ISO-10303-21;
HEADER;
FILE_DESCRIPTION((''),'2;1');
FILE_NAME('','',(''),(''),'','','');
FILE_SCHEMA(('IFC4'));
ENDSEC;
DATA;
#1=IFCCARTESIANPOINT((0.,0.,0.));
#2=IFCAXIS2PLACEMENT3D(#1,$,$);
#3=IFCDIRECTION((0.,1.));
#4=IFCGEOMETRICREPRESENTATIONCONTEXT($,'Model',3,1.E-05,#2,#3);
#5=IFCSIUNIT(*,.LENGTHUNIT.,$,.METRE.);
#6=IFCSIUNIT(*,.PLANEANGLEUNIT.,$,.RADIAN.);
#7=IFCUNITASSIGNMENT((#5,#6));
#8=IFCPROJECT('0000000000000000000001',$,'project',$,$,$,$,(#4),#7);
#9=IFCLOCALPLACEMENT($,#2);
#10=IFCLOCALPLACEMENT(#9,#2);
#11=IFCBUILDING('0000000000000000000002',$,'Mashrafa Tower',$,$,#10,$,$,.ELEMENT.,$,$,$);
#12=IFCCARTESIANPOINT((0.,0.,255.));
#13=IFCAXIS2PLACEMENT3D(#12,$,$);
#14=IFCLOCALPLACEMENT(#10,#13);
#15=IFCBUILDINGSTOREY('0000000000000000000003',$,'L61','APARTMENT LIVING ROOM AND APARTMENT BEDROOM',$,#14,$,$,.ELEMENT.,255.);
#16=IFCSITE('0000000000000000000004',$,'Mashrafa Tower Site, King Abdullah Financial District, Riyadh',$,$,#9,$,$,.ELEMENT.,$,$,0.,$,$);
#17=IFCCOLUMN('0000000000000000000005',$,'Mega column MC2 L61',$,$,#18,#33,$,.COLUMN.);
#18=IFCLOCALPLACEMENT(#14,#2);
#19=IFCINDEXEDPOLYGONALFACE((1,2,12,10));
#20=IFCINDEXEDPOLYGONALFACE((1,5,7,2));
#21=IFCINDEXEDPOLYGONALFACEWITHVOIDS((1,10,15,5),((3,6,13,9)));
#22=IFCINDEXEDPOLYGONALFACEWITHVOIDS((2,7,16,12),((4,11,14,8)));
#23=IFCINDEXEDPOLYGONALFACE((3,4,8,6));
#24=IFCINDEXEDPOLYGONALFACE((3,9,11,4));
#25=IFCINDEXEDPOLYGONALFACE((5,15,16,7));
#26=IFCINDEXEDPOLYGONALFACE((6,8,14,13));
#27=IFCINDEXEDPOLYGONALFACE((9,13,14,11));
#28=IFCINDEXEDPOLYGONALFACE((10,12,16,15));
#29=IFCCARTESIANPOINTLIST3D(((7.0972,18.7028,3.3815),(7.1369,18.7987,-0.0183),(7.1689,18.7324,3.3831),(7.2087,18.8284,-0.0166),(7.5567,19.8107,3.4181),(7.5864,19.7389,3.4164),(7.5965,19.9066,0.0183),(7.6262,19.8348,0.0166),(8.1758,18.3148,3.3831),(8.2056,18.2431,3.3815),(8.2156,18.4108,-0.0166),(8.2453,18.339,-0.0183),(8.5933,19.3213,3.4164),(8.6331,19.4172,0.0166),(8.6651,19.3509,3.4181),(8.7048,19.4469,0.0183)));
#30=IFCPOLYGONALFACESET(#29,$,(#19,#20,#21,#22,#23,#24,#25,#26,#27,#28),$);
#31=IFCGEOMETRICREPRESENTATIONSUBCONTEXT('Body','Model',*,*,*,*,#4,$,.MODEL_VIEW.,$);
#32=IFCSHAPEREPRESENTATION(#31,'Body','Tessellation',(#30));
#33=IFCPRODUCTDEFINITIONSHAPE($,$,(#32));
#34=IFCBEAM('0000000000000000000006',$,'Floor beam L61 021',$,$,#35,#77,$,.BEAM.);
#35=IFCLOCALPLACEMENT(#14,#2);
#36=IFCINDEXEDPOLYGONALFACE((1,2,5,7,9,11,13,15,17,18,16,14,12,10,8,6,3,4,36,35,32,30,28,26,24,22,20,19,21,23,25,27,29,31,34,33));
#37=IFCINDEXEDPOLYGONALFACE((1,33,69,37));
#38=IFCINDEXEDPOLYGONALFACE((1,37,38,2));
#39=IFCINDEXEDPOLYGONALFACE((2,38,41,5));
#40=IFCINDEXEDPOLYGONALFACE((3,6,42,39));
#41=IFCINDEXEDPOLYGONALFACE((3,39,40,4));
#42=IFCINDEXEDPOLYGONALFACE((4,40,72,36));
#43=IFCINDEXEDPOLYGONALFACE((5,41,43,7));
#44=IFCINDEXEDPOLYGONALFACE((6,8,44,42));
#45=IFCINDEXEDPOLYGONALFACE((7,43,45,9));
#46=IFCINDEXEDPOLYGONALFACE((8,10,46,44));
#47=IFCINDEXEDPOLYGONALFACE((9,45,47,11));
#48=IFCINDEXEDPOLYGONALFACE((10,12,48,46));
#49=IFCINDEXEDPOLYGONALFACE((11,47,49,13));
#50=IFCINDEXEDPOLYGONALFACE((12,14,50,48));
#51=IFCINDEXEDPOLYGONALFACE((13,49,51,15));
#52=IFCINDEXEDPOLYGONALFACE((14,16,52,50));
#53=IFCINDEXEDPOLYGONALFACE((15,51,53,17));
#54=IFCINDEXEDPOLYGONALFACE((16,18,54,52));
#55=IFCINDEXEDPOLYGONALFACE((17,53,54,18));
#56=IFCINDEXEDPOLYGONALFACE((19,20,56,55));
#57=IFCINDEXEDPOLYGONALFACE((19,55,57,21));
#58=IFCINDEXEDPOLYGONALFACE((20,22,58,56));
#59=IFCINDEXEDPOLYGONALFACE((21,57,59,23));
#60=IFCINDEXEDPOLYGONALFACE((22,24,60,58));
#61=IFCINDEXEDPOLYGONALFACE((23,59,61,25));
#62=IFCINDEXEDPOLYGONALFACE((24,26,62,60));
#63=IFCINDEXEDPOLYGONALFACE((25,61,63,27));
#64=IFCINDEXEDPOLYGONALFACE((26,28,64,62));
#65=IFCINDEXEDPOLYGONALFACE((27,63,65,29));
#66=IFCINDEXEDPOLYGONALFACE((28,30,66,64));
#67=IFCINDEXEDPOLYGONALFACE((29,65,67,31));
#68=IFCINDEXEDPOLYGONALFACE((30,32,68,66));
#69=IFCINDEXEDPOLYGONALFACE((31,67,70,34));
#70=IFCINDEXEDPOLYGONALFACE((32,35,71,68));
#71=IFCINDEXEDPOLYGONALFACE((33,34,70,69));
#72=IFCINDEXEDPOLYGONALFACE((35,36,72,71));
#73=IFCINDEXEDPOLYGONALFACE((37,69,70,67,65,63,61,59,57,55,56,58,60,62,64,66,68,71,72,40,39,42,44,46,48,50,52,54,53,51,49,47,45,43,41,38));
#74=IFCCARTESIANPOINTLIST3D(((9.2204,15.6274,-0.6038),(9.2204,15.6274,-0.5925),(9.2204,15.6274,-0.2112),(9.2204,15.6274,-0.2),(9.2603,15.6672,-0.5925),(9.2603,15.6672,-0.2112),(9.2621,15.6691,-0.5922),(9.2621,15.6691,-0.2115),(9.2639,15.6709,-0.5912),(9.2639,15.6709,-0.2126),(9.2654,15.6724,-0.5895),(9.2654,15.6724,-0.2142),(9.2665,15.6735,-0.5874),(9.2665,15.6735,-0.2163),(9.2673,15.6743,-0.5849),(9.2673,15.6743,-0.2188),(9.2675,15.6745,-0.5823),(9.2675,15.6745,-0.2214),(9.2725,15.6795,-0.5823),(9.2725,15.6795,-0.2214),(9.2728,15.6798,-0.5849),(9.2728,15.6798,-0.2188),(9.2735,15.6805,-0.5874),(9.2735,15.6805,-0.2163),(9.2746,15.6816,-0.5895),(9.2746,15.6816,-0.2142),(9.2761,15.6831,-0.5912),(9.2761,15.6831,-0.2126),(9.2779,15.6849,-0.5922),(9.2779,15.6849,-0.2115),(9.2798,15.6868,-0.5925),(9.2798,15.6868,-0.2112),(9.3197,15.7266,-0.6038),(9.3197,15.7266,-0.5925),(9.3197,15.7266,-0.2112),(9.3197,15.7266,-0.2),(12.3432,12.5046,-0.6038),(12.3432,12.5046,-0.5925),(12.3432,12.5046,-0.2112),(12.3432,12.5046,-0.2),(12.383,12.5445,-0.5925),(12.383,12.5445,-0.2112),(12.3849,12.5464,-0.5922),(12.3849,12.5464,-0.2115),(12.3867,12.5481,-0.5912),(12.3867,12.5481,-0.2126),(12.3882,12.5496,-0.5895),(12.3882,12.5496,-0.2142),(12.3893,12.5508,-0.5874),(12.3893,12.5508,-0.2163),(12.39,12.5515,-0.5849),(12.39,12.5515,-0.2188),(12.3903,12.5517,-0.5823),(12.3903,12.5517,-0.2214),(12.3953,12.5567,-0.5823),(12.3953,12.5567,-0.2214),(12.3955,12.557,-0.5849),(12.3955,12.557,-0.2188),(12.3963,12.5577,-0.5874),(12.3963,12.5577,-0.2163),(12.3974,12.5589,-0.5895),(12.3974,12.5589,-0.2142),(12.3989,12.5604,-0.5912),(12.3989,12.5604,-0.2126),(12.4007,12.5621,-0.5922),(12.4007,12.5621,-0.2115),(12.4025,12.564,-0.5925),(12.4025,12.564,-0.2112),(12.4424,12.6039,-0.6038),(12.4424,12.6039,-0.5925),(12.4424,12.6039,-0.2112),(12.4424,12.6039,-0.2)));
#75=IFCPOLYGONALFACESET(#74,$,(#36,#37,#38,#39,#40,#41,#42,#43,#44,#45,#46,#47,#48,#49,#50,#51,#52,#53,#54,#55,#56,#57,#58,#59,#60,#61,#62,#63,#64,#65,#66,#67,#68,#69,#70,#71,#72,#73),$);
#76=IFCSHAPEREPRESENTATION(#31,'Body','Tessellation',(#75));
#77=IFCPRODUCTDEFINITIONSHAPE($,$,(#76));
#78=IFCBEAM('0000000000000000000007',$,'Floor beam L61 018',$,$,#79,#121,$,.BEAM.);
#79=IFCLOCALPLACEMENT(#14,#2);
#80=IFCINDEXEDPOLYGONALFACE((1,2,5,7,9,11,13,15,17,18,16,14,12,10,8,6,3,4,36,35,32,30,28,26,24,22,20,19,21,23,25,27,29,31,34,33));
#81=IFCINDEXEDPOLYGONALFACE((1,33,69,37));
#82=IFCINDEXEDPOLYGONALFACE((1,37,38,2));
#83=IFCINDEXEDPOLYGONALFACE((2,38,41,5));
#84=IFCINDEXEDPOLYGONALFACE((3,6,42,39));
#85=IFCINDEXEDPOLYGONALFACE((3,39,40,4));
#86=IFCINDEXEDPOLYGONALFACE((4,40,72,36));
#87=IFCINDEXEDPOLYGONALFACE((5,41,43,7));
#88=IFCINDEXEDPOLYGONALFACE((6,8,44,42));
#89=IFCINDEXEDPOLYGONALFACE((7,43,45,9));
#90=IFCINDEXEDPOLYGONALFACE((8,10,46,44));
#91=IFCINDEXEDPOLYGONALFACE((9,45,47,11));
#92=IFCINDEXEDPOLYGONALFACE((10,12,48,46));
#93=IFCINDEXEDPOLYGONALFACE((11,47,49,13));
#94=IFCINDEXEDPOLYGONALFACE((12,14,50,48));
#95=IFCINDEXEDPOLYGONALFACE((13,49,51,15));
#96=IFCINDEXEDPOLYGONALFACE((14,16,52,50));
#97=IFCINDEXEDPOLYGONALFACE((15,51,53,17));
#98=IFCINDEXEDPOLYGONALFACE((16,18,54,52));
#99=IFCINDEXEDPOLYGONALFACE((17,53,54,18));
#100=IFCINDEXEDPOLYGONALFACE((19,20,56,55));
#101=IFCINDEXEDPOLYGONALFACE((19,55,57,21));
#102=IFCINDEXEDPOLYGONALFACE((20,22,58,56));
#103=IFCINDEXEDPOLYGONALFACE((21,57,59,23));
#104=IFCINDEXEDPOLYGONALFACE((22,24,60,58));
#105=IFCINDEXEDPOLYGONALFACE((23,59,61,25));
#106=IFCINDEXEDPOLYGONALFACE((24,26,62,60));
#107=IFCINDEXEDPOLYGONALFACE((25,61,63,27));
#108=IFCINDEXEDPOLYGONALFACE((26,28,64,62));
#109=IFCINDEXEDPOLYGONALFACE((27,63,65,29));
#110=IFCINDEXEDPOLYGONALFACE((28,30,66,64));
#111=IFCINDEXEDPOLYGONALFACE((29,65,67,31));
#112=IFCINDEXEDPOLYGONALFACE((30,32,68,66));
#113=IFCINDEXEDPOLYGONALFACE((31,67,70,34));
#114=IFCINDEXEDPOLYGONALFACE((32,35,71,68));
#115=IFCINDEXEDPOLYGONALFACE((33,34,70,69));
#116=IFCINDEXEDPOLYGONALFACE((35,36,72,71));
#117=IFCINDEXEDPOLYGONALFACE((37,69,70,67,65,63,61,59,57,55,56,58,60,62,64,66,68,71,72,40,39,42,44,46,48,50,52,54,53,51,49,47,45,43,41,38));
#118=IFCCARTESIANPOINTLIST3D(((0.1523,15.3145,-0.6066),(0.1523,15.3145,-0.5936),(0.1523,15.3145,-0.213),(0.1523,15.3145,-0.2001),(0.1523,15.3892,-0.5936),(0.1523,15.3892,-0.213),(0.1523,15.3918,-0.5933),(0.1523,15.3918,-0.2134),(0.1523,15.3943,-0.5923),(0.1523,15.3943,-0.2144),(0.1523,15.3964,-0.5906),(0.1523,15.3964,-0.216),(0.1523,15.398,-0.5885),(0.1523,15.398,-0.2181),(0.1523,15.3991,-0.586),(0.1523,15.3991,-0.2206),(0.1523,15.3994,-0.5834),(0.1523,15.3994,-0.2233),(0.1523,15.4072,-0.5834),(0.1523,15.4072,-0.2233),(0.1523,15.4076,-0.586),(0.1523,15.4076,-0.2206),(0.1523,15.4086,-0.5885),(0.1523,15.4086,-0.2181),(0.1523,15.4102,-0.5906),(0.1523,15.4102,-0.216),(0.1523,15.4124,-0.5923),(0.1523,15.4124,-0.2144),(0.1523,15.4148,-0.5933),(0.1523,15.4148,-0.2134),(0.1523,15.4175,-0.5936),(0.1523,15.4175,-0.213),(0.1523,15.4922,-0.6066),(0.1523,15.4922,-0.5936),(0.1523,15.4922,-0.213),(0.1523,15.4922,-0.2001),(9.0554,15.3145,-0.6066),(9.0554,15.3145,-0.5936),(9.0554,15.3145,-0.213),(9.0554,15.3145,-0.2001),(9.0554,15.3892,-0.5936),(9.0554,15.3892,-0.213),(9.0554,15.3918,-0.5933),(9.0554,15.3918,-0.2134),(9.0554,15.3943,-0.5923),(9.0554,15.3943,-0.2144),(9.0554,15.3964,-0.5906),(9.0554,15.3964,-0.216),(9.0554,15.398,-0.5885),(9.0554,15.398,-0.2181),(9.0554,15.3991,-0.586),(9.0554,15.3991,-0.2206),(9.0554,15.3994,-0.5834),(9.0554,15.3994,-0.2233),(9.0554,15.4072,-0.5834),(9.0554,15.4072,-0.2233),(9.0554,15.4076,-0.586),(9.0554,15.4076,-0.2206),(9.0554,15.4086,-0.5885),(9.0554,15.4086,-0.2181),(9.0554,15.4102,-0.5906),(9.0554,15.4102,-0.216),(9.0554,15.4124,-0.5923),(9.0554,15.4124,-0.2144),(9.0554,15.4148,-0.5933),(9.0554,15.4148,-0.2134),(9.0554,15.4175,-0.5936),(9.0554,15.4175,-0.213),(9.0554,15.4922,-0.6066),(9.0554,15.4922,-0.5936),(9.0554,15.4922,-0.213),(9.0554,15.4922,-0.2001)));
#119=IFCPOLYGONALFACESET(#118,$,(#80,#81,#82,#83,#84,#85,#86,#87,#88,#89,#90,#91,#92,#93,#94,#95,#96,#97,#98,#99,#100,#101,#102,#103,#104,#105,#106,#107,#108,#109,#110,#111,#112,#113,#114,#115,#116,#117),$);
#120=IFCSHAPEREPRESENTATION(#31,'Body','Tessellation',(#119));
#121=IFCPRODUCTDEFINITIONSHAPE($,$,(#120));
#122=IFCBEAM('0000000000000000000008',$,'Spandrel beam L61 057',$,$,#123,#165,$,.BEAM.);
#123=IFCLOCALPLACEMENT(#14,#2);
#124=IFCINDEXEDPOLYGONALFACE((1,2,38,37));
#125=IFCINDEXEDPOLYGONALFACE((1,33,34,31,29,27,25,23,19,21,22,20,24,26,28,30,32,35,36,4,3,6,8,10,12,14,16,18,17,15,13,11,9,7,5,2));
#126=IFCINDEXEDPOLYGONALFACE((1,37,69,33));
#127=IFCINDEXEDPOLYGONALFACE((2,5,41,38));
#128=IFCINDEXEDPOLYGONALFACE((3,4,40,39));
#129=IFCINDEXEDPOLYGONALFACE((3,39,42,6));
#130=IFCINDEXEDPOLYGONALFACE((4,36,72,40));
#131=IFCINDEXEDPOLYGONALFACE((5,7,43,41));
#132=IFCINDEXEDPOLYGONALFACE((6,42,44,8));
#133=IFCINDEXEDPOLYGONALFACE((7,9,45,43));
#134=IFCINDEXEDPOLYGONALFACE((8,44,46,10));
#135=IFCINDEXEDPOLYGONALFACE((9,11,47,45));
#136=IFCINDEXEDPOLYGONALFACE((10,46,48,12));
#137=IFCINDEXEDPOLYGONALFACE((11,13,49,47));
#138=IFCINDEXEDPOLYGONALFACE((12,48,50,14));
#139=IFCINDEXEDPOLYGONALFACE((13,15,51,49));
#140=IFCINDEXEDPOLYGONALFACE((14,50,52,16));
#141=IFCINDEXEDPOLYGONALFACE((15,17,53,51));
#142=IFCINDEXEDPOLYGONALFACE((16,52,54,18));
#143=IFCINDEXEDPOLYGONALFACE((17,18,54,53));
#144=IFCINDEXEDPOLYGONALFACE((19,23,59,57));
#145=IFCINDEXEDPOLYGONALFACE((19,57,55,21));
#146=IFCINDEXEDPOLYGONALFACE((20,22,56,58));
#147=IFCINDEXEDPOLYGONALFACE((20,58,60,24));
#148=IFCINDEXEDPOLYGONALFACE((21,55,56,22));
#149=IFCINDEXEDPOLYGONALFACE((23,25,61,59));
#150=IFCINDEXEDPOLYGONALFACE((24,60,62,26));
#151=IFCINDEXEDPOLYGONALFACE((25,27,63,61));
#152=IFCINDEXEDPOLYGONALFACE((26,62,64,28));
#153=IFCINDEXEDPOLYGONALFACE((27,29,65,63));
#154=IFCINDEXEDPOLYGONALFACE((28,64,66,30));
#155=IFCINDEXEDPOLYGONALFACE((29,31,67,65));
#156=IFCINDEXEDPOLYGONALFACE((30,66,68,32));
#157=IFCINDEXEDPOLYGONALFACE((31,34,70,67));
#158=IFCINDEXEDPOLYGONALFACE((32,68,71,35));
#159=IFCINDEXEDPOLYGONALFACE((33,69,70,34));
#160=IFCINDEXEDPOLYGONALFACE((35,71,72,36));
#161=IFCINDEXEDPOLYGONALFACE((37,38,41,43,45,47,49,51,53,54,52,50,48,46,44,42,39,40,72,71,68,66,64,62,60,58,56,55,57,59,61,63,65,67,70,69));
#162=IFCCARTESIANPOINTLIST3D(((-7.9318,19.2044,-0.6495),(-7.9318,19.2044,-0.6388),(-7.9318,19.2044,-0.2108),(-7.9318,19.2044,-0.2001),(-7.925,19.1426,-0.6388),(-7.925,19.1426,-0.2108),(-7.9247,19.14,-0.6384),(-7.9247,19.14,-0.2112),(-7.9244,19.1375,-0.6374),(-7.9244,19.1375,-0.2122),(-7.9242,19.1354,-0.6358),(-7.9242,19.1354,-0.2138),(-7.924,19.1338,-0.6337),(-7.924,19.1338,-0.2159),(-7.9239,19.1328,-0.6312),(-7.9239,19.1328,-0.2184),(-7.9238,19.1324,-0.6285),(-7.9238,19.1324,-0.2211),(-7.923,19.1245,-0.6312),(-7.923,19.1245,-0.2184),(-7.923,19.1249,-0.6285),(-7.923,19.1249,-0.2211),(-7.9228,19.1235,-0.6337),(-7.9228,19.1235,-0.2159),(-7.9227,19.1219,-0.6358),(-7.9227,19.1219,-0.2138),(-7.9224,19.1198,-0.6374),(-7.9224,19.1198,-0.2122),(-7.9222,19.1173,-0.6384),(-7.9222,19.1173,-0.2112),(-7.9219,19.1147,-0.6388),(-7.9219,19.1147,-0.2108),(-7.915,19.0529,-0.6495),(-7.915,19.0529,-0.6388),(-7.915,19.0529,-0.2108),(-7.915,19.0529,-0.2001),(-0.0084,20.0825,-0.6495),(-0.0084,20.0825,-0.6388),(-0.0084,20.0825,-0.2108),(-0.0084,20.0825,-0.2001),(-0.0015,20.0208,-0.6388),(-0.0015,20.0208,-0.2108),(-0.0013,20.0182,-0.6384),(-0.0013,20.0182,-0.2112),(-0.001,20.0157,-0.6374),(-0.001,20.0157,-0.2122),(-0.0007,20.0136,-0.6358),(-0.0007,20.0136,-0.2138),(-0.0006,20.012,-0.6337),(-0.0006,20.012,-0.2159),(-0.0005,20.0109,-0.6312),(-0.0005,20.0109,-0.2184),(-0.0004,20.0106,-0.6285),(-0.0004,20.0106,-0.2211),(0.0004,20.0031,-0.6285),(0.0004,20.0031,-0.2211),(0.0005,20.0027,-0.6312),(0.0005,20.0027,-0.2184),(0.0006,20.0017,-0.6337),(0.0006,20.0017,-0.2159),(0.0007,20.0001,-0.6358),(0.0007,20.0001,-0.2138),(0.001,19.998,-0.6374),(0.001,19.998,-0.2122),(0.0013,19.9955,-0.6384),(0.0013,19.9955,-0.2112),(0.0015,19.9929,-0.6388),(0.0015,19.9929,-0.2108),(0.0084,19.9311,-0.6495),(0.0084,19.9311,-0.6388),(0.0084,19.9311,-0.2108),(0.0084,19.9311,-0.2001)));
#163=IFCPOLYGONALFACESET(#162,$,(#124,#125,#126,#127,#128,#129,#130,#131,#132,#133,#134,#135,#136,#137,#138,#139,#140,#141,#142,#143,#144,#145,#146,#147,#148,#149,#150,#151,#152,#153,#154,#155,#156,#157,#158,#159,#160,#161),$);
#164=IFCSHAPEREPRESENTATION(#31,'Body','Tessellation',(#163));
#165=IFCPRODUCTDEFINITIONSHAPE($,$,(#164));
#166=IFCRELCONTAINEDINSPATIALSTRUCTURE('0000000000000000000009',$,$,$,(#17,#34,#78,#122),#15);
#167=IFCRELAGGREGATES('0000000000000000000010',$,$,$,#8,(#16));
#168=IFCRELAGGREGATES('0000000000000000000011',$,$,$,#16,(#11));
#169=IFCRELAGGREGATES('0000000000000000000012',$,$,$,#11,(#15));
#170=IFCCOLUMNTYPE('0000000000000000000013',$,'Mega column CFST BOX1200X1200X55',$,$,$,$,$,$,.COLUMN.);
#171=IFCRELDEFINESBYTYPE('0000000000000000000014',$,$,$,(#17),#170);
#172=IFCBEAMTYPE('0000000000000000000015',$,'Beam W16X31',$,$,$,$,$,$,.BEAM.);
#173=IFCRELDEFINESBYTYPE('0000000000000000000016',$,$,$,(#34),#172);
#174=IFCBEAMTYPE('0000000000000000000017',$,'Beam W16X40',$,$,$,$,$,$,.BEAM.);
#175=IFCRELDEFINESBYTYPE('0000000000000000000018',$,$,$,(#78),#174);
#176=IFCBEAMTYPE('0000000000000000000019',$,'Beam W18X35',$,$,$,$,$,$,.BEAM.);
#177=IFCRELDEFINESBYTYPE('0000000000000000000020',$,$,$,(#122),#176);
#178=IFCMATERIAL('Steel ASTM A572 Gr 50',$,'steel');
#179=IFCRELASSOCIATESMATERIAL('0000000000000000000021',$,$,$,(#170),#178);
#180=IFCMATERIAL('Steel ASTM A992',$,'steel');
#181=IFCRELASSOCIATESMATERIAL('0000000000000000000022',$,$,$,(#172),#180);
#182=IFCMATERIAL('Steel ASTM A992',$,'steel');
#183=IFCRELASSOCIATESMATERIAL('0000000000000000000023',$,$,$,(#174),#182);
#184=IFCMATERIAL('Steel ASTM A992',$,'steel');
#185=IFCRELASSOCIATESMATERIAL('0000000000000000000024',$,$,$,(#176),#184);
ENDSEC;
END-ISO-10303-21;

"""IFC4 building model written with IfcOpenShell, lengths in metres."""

from ifc_helpers import new_model, si_unit, direction, frame, origin, origin_2d, place, context, subcontext, project, spatial, hollow_rectangle, i_section, extrude, material, material_profile, profile_set, type_object, element, save


model = new_model("IFC4")

# Units and contexts
model_context = context("Model", 3, precision=1e-05, world=origin(), true_north=direction((0.0, 1.0)))
body_context = subcontext(model_context, "Body", "Model", "MODEL_VIEW")
ifc_project = project(units=[si_unit("LENGTHUNIT", "METRE"), si_unit("PLANEANGLEUNIT", "RADIAN")], contexts=[model_context])

# Site, building, storey
site_placement = place(None, origin())
site = spatial("IfcSite", under=ifc_project, at=site_placement, Name="Mashrafa Tower Site, King Abdullah Financial District, Riyadh", CompositionType="ELEMENT", RefElevation=0.0)
building_placement = place(site_placement, origin())
building = spatial("IfcBuilding", under=site, at=building_placement, Name="Mashrafa Tower", CompositionType="ELEMENT")
storey_placement = place(building_placement, frame((0.0, 0.0, 255.0)))
storey = spatial("IfcBuildingStorey", under=building, at=storey_placement, Name="L61", Description="APARTMENT LIVING ROOM AND APARTMENT BEDROOM", CompositionType="ELEMENT", Elevation=255.0)

# Column
ifc_material_1 = material(Name="Steel ASTM A572 Gr 50", Category="steel")
ifc_material_profile_1 = material_profile(ifc_material_1, hollow_rectangle(XDim=1.2, YDim=1.2, WallThickness=0.0549, at=origin_2d()), Name="BOX1200X1200X55")
ifc_profile_set_1 = profile_set([ifc_material_profile_1], Name="Steel ASTM A572 Gr 50")
column_type = type_object("IfcColumnType", Name="Mega column CFST BOX1200X1200X55", PredefinedType="COLUMN", material=ifc_profile_set_1)
column_placement = place(storey_placement, frame((7.9209, 19.1228, 0.0), z_axis=(-0.011699, -0.028207, 0.999534), x_axis=(0.923702, -0.383113, 0.0)))
element("IfcColumn", 1, at=column_placement, inside=storey, type_object=column_type, Name="Mega column MC2 L61", PredefinedType="COLUMN", context=body_context, shape_type="SweptSolid", body=[
    extrude(hollow_rectangle(XDim=1.2, YDim=1.2, WallThickness=0.0549, at=origin_2d()), origin(), (0.0, 0.0, 1.0), 3.4014),
])

# Beams
ifc_material_2 = material(Name="Steel ASTM A992", Category="steel")
ifc_material_profile_2 = material_profile(ifc_material_2, i_section(OverallWidth=0.1404, OverallDepth=0.4038, WebThickness=0.0071, FlangeThickness=0.0112, FilletRadius=0.0103, at=origin_2d()), Name="W16X31")
ifc_profile_set_2 = profile_set([ifc_material_profile_2], Name="Steel ASTM A992")
beam_type_1 = type_object("IfcBeamType", Name="Beam W16X31", PredefinedType="BEAM", material=ifc_profile_set_2)
beam_1_placement = place(storey_placement, frame((9.27, 15.677, -0.4019), z_axis=(0.707107, -0.707107, 0.0), x_axis=(0.707107, 0.707107, 0.0)))
element("IfcBeam", 2, at=beam_1_placement, inside=storey, type_object=beam_type_1, Name="Floor beam L61 021", PredefinedType="BEAM", context=body_context, shape_type="SweptSolid", body=[
    extrude(i_section(OverallWidth=0.1404, OverallDepth=0.4038, WebThickness=0.0071, FlangeThickness=0.0112, FilletRadius=0.0103, at=origin_2d()), origin(), (0.0, 0.0, 1.0), 4.4163),
])
ifc_material_3 = material(Name="Steel ASTM A992", Category="steel")
ifc_material_profile_3 = material_profile(ifc_material_3, i_section(OverallWidth=0.1777, OverallDepth=0.4065, WebThickness=0.0078, FlangeThickness=0.0129, FilletRadius=0.0103, at=origin_2d()), Name="W16X40")
ifc_profile_set_3 = profile_set([ifc_material_profile_3], Name="Steel ASTM A992")
beam_type_2 = type_object("IfcBeamType", Name="Beam W16X40", PredefinedType="BEAM", material=ifc_profile_set_3)
beam_2_placement = place(storey_placement, frame((0.1523, 15.4033, -0.4033), z_axis=(1.0, 0.0, 0.0), x_axis=(0.0, 1.0, 0.0)))
element("IfcBeam", 3, at=beam_2_placement, inside=storey, type_object=beam_type_2, Name="Floor beam L61 018", PredefinedType="BEAM", context=body_context, shape_type="SweptSolid", body=[
    extrude(i_section(OverallWidth=0.1777, OverallDepth=0.4065, WebThickness=0.0078, FlangeThickness=0.0129, FilletRadius=0.0103, at=origin_2d()), origin(), (0.0, 0.0, 1.0), 8.9031),
])
ifc_material_4 = material(Name="Steel ASTM A992", Category="steel")
ifc_material_profile_4 = material_profile(ifc_material_4, i_section(OverallWidth=0.1523, OverallDepth=0.4495, WebThickness=0.0076, FlangeThickness=0.0107, FilletRadius=0.0103, at=origin_2d()), Name="W18X35")
ifc_profile_set_4 = profile_set([ifc_material_profile_4], Name="Steel ASTM A992")
beam_type_3 = type_object("IfcBeamType", Name="Beam W18X35", PredefinedType="BEAM", material=ifc_profile_set_4)
for number, where, z_axis, x_axis, name in (
    (4, (0.0, 20.0068, -0.4248), (-0.993914, -0.110159, 0.0), (0.110159, -0.993914, 0.0), "Spandrel beam L61 057"),
):
    element("IfcBeam", number, at=place(storey_placement, frame(where, z_axis=z_axis, x_axis=x_axis)), inside=storey, type_object=beam_type_3, Name=name, PredefinedType="BEAM", context=body_context, shape_type="SweptSolid", body=[
        extrude(i_section(OverallWidth=0.1523, OverallDepth=0.4495, WebThickness=0.0076, FlangeThickness=0.0107, FilletRadius=0.0103, at=origin_2d()), origin(), (0.0, 0.0, 1.0), 7.9719),
    ])

save(model, "model.ifc")
